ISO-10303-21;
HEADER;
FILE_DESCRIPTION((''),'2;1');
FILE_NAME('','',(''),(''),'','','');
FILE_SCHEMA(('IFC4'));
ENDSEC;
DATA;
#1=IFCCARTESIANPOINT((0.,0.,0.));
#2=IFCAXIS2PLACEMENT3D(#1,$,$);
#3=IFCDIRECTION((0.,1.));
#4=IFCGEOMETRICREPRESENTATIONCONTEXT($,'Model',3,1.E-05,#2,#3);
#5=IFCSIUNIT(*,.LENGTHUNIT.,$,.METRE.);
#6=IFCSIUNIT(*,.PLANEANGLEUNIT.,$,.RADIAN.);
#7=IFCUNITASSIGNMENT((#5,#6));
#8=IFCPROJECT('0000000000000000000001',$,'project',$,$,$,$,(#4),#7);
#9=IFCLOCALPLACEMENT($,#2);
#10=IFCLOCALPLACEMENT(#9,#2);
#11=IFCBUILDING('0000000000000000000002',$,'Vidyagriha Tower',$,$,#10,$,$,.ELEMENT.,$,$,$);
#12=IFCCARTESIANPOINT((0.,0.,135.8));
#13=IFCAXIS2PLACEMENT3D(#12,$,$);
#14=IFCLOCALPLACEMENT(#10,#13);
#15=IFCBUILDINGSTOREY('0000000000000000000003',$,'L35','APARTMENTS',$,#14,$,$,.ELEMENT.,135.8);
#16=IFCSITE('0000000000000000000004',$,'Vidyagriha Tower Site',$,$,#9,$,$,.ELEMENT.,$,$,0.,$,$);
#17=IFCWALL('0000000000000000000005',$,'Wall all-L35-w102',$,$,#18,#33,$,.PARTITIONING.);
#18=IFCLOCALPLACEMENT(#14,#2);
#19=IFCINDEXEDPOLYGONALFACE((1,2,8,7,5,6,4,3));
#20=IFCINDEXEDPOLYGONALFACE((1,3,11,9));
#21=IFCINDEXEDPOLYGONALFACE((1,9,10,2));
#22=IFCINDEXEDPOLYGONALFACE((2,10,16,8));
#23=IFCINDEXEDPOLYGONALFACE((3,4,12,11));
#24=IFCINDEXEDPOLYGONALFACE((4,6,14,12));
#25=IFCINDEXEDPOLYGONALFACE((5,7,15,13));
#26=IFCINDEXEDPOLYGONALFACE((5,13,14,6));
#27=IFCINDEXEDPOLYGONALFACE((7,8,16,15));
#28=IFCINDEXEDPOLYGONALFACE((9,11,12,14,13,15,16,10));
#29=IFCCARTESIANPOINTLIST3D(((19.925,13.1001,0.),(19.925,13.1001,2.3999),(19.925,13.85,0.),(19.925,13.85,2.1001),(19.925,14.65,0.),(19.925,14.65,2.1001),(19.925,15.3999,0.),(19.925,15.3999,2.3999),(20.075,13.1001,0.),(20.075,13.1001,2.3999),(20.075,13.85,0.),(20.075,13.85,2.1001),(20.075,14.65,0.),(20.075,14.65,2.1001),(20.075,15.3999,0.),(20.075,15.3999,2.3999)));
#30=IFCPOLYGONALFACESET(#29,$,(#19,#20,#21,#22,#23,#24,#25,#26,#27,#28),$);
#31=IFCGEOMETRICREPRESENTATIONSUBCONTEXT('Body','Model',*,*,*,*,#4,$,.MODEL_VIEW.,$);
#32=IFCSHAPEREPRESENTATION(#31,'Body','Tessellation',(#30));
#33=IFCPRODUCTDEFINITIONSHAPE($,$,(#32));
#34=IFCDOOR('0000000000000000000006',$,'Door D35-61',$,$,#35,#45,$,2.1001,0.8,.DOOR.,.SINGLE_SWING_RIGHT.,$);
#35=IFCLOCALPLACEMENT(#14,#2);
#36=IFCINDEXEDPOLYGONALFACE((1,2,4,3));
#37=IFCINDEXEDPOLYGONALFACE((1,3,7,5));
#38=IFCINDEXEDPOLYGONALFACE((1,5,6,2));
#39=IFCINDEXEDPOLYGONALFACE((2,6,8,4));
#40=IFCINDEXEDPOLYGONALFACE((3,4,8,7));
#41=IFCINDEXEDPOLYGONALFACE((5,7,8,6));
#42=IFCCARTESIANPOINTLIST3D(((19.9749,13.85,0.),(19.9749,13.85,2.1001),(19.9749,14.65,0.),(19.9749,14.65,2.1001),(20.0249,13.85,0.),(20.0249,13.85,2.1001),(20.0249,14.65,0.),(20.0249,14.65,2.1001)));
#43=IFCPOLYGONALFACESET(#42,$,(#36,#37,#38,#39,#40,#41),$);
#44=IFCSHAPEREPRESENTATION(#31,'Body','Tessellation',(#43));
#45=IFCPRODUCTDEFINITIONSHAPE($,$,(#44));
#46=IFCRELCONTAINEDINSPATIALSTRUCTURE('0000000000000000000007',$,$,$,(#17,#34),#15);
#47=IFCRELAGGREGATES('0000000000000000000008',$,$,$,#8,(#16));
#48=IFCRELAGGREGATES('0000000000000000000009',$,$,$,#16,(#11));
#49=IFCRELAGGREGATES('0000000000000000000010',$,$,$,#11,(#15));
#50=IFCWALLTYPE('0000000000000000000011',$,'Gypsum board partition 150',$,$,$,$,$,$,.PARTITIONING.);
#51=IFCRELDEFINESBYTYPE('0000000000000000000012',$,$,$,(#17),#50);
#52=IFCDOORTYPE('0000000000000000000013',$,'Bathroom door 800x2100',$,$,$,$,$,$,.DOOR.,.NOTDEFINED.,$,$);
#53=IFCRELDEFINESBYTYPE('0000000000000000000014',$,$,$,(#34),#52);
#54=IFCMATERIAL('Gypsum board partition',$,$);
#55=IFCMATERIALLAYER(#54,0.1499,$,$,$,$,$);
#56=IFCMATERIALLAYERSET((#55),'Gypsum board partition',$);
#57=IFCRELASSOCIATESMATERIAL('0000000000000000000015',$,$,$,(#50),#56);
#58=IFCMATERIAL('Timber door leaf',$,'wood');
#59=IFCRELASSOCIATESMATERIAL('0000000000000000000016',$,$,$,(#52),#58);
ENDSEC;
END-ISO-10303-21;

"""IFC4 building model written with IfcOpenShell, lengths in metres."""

from ifc_helpers import new_model, si_unit, direction, frame, frame_2d, origin, place, context, subcontext, project, spatial, rectangle, extrude, material, layer, layer_set, type_object, element, fill, save


model = new_model("IFC4")

# Units and contexts
model_context = context("Model", 3, precision=1e-05, world=origin(), true_north=direction((0.0, 1.0)))
body_context = subcontext(model_context, "Body", "Model", "MODEL_VIEW")
ifc_project = project(units=[si_unit("LENGTHUNIT", "METRE"), si_unit("PLANEANGLEUNIT", "RADIAN")], contexts=[model_context])

# Site, building, storey
site_placement = place(None, origin())
site = spatial("IfcSite", under=ifc_project, at=site_placement, Name="Vidyagriha Tower Site", CompositionType="ELEMENT", RefElevation=0.0)
building_placement = place(site_placement, origin())
building = spatial("IfcBuilding", under=site, at=building_placement, Name="Vidyagriha Tower", CompositionType="ELEMENT")
storey_placement = place(building_placement, frame((0.0, 0.0, 135.8)))
storey = spatial("IfcBuildingStorey", under=building, at=storey_placement, Name="L35", Description="APARTMENTS", CompositionType="ELEMENT", Elevation=135.8)

# Shared definitions
ifc_material_1 = material(Name="Gypsum board partition")
ifc_layer_1 = layer(ifc_material_1, 0.1499)
ifc_layer_set_1 = layer_set([ifc_layer_1], Name="Gypsum board partition")
wall_type_1 = type_object("IfcWallType", Name="Gypsum board partition 150", PredefinedType="PARTITIONING", material=ifc_layer_set_1)

# Wall, opening, door
wall_1_placement = place(storey_placement, frame((20.0, 15.3999, 0.0), z_axis=(0.0, 0.0, 1.0), x_axis=(0.0, -1.0, 0.0)))
wall_1 = element("IfcWall", 1, at=wall_1_placement, inside=storey, type_object=wall_type_1, Name="Wall all-L35-w102", PredefinedType="PARTITIONING", context=body_context, shape_type="SweptSolid", body=[
    extrude(rectangle(XDim=2.2998, YDim=0.1499, at=frame_2d((1.1499, 0.0))), origin(), (0.0, 0.0, 1.0), 2.3999),
])
opening_1_placement = place(wall_1_placement, frame((0.75, 0.0, 0.0)))
opening_1 = element("IfcOpeningElement", 2, at=opening_1_placement, cuts=wall_1, PredefinedType="OPENING", context=body_context, shape_type="SweptSolid", body=[
    extrude(rectangle(XDim=0.8, YDim=2.1001, at=frame_2d((0.3999, 1.05))), frame((0.0, 0.085, 0.0), z_axis=(0.0, -1.0, 0.0), x_axis=(1.0, 0.0, 0.0)), (0.0, 0.0, 1.0), 0.1699),
])
ifc_material_2 = material(Name="Timber door leaf", Category="wood")
door_type = type_object("IfcDoorType", Name="Bathroom door 800x2100", OperationType="NOTDEFINED", PredefinedType="DOOR", material=ifc_material_2)
door_placement = place(opening_1_placement, origin())
door = element("IfcDoor", 3, at=door_placement, inside=storey, type_object=door_type, Name="Door D35-61", OperationType="SINGLE_SWING_RIGHT", OverallHeight=2.1001, OverallWidth=0.8, PredefinedType="DOOR", context=body_context, shape_type="SweptSolid", body=[
    extrude(rectangle(XDim=0.8, YDim=2.1001, at=frame_2d((0.3999, 1.05))), frame((0.0, 0.0249, 0.0), z_axis=(0.0, -1.0, 0.0), x_axis=(1.0, 0.0, 0.0)), (0.0, 0.0, 1.0), 0.05),
])
fill(opening_1, door)

save(model, "model.ifc")
